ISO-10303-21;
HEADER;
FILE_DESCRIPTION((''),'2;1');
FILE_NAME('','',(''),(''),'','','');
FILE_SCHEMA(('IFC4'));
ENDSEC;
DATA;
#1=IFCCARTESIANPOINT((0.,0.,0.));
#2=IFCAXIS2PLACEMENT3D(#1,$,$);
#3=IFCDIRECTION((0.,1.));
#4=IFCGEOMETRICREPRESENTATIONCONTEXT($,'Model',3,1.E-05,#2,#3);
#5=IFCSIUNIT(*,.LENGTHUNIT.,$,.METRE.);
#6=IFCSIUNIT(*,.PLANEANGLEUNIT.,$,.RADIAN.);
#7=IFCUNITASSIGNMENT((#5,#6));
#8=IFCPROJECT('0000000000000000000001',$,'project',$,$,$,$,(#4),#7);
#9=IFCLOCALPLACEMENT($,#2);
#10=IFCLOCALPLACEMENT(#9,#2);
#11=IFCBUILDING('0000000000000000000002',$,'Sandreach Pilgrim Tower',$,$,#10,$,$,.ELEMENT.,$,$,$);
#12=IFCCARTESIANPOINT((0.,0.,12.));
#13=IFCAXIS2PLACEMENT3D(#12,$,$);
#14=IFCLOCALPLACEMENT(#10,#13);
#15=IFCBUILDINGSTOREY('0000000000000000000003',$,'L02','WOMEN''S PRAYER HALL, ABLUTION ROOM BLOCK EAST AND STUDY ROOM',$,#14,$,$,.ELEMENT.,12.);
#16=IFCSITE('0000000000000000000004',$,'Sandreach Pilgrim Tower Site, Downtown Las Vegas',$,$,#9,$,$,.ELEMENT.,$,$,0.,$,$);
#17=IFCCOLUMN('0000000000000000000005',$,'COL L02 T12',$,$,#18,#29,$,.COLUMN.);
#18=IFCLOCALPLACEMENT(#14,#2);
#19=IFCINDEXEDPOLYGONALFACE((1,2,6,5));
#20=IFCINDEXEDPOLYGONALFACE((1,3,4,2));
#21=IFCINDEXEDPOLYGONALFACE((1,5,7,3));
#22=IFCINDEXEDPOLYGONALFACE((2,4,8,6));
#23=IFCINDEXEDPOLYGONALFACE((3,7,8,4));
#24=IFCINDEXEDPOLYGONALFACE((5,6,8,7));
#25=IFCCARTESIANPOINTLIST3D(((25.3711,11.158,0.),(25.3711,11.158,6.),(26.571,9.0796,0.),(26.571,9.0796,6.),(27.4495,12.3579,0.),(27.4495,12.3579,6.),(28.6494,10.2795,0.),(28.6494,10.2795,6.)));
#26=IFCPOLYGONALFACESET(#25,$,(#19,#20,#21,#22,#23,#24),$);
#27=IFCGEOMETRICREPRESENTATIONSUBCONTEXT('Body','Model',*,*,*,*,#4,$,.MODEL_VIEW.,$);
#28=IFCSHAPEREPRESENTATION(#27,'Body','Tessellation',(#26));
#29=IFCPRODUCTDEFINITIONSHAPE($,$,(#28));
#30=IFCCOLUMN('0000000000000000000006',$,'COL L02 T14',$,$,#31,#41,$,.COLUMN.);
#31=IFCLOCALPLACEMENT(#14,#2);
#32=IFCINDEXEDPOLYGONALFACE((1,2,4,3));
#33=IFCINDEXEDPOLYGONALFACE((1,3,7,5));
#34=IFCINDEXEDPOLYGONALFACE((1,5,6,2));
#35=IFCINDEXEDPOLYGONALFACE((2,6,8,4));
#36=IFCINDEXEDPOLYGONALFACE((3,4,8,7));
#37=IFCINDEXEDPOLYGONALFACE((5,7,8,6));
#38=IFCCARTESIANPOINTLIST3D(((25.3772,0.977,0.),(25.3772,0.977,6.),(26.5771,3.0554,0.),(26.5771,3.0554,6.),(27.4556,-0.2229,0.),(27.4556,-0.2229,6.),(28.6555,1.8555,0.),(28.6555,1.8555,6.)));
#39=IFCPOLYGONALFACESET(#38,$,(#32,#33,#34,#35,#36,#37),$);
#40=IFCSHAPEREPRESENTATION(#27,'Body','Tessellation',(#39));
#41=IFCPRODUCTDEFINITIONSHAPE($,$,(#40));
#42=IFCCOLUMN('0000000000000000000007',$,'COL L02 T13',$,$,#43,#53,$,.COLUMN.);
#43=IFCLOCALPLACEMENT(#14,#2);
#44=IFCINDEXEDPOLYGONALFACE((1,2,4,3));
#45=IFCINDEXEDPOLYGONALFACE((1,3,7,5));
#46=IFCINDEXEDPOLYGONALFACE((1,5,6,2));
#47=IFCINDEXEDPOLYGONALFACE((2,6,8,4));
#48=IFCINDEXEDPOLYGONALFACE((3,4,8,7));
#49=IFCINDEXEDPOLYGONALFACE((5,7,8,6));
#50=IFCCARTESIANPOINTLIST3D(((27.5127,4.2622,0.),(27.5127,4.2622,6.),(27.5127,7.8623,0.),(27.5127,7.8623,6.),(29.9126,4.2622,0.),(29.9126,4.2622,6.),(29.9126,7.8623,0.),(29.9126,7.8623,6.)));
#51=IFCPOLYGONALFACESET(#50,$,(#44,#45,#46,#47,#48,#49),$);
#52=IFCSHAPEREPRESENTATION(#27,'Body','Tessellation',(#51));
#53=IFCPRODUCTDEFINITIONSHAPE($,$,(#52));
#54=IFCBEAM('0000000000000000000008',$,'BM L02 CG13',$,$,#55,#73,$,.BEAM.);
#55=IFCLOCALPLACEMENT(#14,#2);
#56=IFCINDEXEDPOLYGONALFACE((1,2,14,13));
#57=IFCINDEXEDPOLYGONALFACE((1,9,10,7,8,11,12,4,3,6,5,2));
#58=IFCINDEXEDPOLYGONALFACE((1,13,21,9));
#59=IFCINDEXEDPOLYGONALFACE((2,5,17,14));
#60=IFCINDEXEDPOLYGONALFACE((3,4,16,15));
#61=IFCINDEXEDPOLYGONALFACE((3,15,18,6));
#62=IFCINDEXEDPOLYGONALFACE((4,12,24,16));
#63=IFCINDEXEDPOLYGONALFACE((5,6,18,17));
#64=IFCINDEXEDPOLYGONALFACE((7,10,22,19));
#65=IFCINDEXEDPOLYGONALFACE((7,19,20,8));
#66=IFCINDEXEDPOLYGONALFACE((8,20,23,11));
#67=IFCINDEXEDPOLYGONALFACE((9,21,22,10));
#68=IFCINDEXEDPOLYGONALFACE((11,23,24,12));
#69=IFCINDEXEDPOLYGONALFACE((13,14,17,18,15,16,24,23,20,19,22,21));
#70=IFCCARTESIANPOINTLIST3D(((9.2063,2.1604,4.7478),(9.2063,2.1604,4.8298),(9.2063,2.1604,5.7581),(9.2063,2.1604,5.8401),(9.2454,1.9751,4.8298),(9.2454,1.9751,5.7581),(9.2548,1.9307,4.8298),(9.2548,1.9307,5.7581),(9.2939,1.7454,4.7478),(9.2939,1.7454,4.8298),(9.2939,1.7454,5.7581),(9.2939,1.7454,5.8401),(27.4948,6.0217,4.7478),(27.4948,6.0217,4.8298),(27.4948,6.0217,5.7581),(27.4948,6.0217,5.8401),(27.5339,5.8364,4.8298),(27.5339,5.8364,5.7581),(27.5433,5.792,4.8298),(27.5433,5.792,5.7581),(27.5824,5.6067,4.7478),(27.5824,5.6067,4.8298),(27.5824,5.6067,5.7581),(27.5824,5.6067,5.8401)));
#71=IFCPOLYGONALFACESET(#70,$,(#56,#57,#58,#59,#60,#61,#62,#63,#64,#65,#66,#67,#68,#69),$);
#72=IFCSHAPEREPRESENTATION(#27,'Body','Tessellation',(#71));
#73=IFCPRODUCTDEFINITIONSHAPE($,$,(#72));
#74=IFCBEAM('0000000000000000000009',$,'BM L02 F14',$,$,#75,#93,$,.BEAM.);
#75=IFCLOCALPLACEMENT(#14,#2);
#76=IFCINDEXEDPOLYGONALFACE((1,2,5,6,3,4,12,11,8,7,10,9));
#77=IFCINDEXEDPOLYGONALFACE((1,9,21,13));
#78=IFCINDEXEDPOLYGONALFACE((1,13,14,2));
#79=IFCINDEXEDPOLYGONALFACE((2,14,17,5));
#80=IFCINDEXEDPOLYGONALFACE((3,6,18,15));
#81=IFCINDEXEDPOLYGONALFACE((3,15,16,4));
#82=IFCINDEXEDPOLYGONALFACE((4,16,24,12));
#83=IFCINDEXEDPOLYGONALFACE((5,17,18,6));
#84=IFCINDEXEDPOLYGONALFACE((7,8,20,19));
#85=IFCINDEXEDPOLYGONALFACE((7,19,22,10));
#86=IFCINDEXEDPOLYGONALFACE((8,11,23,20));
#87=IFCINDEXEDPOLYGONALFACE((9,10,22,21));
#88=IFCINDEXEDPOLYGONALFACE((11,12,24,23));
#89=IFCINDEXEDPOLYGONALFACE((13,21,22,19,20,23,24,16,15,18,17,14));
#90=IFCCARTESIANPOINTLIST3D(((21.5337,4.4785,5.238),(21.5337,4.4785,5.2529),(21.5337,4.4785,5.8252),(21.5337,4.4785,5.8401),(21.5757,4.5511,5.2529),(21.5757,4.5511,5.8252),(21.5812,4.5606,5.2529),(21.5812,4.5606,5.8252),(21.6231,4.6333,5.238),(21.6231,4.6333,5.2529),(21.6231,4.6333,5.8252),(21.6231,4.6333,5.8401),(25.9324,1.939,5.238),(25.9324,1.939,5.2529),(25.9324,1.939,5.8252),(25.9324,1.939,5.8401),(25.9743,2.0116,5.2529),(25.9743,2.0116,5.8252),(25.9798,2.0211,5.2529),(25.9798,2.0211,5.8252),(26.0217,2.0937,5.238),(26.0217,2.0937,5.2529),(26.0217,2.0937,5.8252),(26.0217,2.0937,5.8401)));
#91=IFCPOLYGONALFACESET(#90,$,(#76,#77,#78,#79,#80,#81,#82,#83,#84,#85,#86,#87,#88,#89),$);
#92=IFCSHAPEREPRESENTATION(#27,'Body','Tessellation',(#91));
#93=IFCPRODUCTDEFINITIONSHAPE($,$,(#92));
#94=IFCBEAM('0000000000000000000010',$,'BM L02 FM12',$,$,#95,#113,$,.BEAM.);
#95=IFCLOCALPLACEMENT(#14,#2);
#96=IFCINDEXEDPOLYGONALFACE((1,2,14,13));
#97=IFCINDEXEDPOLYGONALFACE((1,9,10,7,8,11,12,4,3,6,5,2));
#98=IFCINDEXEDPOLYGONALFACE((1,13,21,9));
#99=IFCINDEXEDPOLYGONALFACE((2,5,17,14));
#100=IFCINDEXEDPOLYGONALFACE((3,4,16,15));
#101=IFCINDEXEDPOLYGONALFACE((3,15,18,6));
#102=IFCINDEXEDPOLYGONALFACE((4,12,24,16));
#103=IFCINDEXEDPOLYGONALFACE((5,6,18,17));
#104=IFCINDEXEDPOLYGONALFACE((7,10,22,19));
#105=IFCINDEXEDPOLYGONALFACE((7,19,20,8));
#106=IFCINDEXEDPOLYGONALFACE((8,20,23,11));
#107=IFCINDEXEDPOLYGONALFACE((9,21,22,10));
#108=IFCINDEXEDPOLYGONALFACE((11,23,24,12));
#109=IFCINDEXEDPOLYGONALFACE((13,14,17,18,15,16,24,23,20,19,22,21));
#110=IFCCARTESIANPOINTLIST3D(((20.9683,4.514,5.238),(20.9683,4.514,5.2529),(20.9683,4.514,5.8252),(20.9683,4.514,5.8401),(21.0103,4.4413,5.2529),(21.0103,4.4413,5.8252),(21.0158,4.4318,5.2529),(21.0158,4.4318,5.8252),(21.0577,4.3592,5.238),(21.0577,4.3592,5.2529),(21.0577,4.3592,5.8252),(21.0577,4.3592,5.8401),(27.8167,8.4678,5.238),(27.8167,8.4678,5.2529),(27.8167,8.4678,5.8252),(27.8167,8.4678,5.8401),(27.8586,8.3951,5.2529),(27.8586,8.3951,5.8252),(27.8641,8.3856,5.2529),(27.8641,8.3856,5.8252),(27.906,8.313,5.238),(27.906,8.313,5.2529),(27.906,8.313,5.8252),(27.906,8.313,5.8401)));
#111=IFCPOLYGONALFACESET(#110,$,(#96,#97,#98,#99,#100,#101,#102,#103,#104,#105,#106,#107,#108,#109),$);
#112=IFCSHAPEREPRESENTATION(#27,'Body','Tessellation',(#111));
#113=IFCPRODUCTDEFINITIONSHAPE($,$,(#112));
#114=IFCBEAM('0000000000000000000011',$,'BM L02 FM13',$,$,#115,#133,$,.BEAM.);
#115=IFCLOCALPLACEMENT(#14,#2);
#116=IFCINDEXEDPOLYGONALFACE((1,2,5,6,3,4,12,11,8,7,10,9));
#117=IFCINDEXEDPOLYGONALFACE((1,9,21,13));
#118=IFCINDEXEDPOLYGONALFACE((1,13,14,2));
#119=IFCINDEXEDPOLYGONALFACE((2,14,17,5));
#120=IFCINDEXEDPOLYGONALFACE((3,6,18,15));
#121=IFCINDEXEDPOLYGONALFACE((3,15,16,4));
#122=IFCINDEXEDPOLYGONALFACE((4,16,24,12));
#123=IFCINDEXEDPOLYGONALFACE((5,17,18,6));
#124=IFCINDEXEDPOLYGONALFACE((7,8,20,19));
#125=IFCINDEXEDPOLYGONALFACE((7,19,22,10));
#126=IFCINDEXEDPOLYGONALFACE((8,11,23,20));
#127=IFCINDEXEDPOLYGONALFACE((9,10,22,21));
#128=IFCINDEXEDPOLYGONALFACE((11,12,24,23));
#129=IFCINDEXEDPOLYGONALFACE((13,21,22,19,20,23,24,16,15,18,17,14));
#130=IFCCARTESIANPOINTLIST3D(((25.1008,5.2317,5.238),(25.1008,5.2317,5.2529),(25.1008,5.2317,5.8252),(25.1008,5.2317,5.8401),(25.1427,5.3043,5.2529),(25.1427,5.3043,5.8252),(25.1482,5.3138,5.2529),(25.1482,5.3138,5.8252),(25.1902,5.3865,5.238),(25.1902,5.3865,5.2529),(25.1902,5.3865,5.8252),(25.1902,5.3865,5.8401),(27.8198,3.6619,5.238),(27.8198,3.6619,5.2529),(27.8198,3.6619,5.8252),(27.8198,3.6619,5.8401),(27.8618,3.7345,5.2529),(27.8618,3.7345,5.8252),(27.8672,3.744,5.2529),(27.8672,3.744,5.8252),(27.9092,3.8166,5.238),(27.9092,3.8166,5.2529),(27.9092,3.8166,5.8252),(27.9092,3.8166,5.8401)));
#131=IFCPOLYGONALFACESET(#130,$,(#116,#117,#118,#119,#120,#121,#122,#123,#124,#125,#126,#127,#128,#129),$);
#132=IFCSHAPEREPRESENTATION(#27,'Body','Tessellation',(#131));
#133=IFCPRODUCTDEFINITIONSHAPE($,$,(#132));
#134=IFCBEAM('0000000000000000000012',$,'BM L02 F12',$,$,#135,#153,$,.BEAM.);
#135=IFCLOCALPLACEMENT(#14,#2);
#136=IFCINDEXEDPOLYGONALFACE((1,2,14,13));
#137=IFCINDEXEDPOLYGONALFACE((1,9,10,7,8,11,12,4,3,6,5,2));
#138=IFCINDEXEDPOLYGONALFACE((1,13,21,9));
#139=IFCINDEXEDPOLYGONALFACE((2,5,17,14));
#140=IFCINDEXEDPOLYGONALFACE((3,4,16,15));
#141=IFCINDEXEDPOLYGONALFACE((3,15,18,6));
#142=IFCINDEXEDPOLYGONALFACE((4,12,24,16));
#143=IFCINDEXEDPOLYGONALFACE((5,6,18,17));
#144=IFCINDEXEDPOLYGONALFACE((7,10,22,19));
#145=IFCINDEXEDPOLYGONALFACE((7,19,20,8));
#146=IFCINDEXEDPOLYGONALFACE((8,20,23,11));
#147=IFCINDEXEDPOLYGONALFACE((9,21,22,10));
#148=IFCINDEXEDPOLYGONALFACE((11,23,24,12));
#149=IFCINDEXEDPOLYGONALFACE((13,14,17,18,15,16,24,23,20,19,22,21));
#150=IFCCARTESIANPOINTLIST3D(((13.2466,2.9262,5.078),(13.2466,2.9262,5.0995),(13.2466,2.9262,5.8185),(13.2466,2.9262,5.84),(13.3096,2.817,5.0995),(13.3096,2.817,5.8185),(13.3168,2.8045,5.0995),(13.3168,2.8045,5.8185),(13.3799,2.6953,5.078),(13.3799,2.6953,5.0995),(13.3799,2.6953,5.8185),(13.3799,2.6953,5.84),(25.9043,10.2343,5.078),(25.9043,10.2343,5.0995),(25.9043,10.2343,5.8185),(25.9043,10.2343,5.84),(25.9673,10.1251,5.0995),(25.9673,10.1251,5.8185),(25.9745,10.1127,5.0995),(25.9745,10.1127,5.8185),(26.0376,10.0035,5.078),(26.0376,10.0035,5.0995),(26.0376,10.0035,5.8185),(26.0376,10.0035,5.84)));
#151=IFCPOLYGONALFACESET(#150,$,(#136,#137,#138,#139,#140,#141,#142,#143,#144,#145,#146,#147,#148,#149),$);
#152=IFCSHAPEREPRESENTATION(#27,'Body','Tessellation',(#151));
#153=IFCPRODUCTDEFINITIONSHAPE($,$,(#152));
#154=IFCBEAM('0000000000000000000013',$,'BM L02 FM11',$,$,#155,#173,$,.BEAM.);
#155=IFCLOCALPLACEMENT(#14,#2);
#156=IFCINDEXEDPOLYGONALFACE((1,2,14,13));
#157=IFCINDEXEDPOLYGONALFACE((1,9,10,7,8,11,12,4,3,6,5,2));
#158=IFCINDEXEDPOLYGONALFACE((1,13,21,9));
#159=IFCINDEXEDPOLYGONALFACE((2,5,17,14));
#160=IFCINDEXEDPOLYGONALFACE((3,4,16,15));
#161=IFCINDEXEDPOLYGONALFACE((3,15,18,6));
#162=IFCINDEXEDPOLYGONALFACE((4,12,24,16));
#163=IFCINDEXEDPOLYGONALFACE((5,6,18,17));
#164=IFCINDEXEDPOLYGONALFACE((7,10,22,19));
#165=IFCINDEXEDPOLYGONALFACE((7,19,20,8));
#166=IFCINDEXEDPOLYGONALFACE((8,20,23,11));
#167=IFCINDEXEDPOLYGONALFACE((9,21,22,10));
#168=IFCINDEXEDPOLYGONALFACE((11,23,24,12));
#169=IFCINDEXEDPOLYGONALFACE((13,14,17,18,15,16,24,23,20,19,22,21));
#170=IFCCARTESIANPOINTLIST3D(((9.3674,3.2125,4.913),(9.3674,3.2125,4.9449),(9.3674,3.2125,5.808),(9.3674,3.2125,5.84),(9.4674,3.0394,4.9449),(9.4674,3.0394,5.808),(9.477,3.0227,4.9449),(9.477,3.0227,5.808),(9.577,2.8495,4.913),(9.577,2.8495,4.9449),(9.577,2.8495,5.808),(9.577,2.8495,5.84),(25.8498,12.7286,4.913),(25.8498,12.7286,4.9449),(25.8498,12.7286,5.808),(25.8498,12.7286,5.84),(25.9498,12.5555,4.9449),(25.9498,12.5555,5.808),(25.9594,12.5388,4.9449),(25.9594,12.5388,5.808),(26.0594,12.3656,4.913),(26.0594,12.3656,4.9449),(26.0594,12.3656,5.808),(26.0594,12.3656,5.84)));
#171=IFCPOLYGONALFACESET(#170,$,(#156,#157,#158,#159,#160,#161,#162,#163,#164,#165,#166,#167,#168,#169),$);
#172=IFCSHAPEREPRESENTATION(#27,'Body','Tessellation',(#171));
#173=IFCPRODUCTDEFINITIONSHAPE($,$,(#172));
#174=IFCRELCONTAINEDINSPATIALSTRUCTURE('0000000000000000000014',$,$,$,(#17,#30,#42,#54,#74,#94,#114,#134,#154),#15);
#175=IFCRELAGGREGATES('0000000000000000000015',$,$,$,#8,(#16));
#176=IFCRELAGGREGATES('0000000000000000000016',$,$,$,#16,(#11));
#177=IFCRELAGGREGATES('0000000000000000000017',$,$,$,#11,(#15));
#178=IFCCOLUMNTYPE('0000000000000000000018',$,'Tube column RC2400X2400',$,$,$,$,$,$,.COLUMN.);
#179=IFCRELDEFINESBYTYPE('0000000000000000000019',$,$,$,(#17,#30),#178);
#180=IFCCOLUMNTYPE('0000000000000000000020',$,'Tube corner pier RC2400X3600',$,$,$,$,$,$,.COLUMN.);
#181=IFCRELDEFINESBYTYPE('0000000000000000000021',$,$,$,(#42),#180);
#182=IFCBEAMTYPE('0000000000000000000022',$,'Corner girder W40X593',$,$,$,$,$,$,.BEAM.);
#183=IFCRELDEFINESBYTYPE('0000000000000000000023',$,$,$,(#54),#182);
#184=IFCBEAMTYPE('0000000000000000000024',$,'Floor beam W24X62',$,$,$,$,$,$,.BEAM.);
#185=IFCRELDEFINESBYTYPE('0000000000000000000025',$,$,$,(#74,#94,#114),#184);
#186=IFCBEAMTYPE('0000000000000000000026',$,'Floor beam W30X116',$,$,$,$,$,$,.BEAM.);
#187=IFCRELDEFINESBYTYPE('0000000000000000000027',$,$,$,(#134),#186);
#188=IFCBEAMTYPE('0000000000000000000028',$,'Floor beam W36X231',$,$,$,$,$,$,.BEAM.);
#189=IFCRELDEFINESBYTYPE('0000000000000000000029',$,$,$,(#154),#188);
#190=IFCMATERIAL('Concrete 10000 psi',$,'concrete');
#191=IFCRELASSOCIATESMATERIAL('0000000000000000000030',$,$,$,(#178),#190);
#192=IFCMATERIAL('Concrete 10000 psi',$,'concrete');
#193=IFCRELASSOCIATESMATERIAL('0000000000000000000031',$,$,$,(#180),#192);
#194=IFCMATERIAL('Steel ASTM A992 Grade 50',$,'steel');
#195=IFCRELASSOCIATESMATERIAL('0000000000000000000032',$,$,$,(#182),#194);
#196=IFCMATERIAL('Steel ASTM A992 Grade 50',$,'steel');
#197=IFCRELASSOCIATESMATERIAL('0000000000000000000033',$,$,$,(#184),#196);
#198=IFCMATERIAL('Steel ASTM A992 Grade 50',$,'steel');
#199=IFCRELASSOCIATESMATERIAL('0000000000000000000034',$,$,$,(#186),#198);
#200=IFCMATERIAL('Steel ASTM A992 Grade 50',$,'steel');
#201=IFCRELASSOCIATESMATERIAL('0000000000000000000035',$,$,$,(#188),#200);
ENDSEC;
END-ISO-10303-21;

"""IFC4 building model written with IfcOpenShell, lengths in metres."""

from ifc_helpers import new_model, si_unit, direction, frame, origin, origin_2d, place, context, subcontext, project, spatial, rectangle, i_section, extrude, material, material_profile, profile_set, type_object, element, save


model = new_model("IFC4")

# Units and contexts
model_context = context("Model", 3, precision=1e-05, world=origin(), true_north=direction((0.0, 1.0)))
body_context = subcontext(model_context, "Body", "Model", "MODEL_VIEW")
ifc_project = project(units=[si_unit("LENGTHUNIT", "METRE"), si_unit("PLANEANGLEUNIT", "RADIAN")], contexts=[model_context])

# Site, building, storey
site_placement = place(None, origin())
site = spatial("IfcSite", under=ifc_project, at=site_placement, Name="Sandreach Pilgrim Tower Site, Downtown Las Vegas", CompositionType="ELEMENT", RefElevation=0.0)
building_placement = place(site_placement, origin())
building = spatial("IfcBuilding", under=site, at=building_placement, Name="Sandreach Pilgrim Tower", CompositionType="ELEMENT")
storey_placement = place(building_placement, frame((0.0, 0.0, 12.0)))
storey = spatial("IfcBuildingStorey", under=building, at=storey_placement, Name="L02", Description="WOMEN'S PRAYER HALL, ABLUTION ROOM BLOCK EAST AND STUDY ROOM", CompositionType="ELEMENT", Elevation=12.0)

# Columns
ifc_material_1 = material(Name="Concrete 10000 psi", Category="concrete")
ifc_material_profile_1 = material_profile(ifc_material_1, rectangle(XDim=2.3999, YDim=2.3999, at=origin_2d()), Name="RC2400X2400")
ifc_profile_set_1 = profile_set([ifc_material_profile_1], Name="Concrete 10000 psi")
column_type_1 = type_object("IfcColumnType", Name="Tube column RC2400X2400", PredefinedType="COLUMN", material=ifc_profile_set_1)
for number, where, z_axis, x_axis, name in (
    (1, (27.0103, 10.7188, 0.0), (0.0, 0.0, 1.0), (0.866025, 0.5, 0.0), "COL L02 T12"),
    (2, (27.0164, 1.4163, 0.0), (0.0, 0.0, 1.0), (0.866025, -0.5, 0.0), "COL L02 T14"),
):
    element("IfcColumn", number, at=place(storey_placement, frame(where, z_axis=z_axis, x_axis=x_axis)), inside=storey, type_object=column_type_1, Name=name, PredefinedType="COLUMN", context=body_context, shape_type="SweptSolid", body=[
        extrude(rectangle(XDim=2.3999, YDim=2.3999, at=origin_2d()), origin(), (0.0, 0.0, 1.0), 6.0),
    ])
ifc_material_2 = material(Name="Concrete 10000 psi", Category="concrete")
ifc_material_profile_2 = material_profile(ifc_material_2, rectangle(XDim=2.3999, YDim=3.6001, at=origin_2d()), Name="RC2400X3600")
ifc_profile_set_2 = profile_set([ifc_material_profile_2], Name="Concrete 10000 psi")
column_type_2 = type_object("IfcColumnType", Name="Tube corner pier RC2400X3600", PredefinedType="COLUMN", material=ifc_profile_set_2)
column_placement = place(storey_placement, frame((28.7126, 6.0623, 0.0), z_axis=(0.0, 0.0, 1.0), x_axis=(1.0, 0.0, 0.0)))
element("IfcColumn", 3, at=column_placement, inside=storey, type_object=column_type_2, Name="COL L02 T13", PredefinedType="COLUMN", context=body_context, shape_type="SweptSolid", body=[
    extrude(rectangle(XDim=2.3999, YDim=3.6001, at=origin_2d()), origin(), (0.0, 0.0, 1.0), 6.0),
])

# Beams
ifc_material_3 = material(Name="Steel ASTM A992 Grade 50", Category="steel")
ifc_material_profile_3 = material_profile(ifc_material_3, i_section(OverallWidth=0.4241, OverallDepth=1.0923, WebThickness=0.0454, FlangeThickness=0.082, at=origin_2d()), Name="W40X593")
ifc_profile_set_3 = profile_set([ifc_material_profile_3], Name="Steel ASTM A992 Grade 50")
beam_type_1 = type_object("IfcBeamType", Name="Corner girder W40X593", PredefinedType="BEAM", material=ifc_profile_set_3)
beam_1_placement = place(storey_placement, frame((27.5386, 5.8142, 5.2939), z_axis=(-0.97843, -0.206579, 0.0), x_axis=(0.206579, -0.97843, 0.0)))
element("IfcBeam", 4, at=beam_1_placement, inside=storey, type_object=beam_type_1, Name="BM L02 CG13", PredefinedType="BEAM", context=body_context, shape_type="SweptSolid", body=[
    extrude(i_section(OverallWidth=0.4241, OverallDepth=1.0923, WebThickness=0.0454, FlangeThickness=0.082, at=origin_2d()), origin(), (0.0, 0.0, 1.0), 18.6917),
])
ifc_material_4 = material(Name="Steel ASTM A992 Grade 50", Category="steel")
ifc_material_profile_4 = material_profile(ifc_material_4, i_section(OverallWidth=0.1787, OverallDepth=0.6021, WebThickness=0.011, FlangeThickness=0.0149, at=origin_2d()), Name="W24X62")
ifc_profile_set_4 = profile_set([ifc_material_profile_4], Name="Steel ASTM A992 Grade 50")
beam_type_2 = type_object("IfcBeamType", Name="Floor beam W24X62", PredefinedType="BEAM", material=ifc_profile_set_4)
beam_2_placement = place(storey_placement, frame((25.9771, 2.0164, 5.5391), z_axis=(-0.866028, 0.499996, 0.0), x_axis=(-0.499996, -0.866028, 0.0)))
element("IfcBeam", 5, at=beam_2_placement, inside=storey, type_object=beam_type_2, Name="BM L02 F14", PredefinedType="BEAM", context=body_context, shape_type="SweptSolid", body=[
    extrude(i_section(OverallWidth=0.1787, OverallDepth=0.6021, WebThickness=0.011, FlangeThickness=0.0149, at=origin_2d()), origin(), (0.0, 0.0, 1.0), 5.0791),
])
beam_3_placement = place(storey_placement, frame((27.8613, 8.3904, 5.5391), z_axis=(-0.866029, -0.499994, 0.0), x_axis=(0.499994, -0.866029, 0.0)))
element("IfcBeam", 6, at=beam_3_placement, inside=storey, type_object=beam_type_2, Name="BM L02 FM12", PredefinedType="BEAM", context=body_context, shape_type="SweptSolid", body=[
    extrude(i_section(OverallWidth=0.1787, OverallDepth=0.6021, WebThickness=0.011, FlangeThickness=0.0149, at=origin_2d()), origin(), (0.0, 0.0, 1.0), 7.9077),
])
beam_4_placement = place(storey_placement, frame((27.8645, 3.7393, 5.5391), z_axis=(-0.866024, 0.500003, 0.0), x_axis=(-0.500003, -0.866024, 0.0)))
element("IfcBeam", 7, at=beam_4_placement, inside=storey, type_object=beam_type_2, Name="BM L02 FM13", PredefinedType="BEAM", context=body_context, shape_type="SweptSolid", body=[
    extrude(i_section(OverallWidth=0.1787, OverallDepth=0.6021, WebThickness=0.011, FlangeThickness=0.0149, at=origin_2d()), origin(), (0.0, 0.0, 1.0), 3.1396),
])
ifc_material_5 = material(Name="Steel ASTM A992 Grade 50", Category="steel")
ifc_material_profile_5 = material_profile(ifc_material_5, i_section(OverallWidth=0.2666, OverallDepth=0.762, WebThickness=0.0144, FlangeThickness=0.0215, at=origin_2d()), Name="W30X116")
ifc_profile_set_5 = profile_set([ifc_material_profile_5], Name="Steel ASTM A992 Grade 50")
beam_type_3 = type_object("IfcBeamType", Name="Floor beam W30X116", PredefinedType="BEAM", material=ifc_profile_set_5)
beam_5_placement = place(storey_placement, frame((25.9709, 10.1189, 5.459), z_axis=(-0.86602, -0.500009, 0.0), x_axis=(0.500009, -0.86602, 0.0)))
element("IfcBeam", 8, at=beam_5_placement, inside=storey, type_object=beam_type_3, Name="BM L02 F12", PredefinedType="BEAM", context=body_context, shape_type="SweptSolid", body=[
    extrude(i_section(OverallWidth=0.2666, OverallDepth=0.762, WebThickness=0.0144, FlangeThickness=0.0215, at=origin_2d()), origin(), (0.0, 0.0, 1.0), 14.616),
])
ifc_material_6 = material(Name="Steel ASTM A992 Grade 50", Category="steel")
ifc_material_profile_6 = material_profile(ifc_material_6, i_section(OverallWidth=0.4192, OverallDepth=0.927, WebThickness=0.0193, FlangeThickness=0.032, at=origin_2d()), Name="W36X231")
ifc_profile_set_6 = profile_set([ifc_material_profile_6], Name="Steel ASTM A992 Grade 50")
beam_type_4 = type_object("IfcBeamType", Name="Floor beam W36X231", PredefinedType="BEAM", material=ifc_profile_set_6)
beam_6_placement = place(storey_placement, frame((25.9546, 12.5471, 5.3765), z_axis=(-0.866026, -0.499999, 0.0), x_axis=(0.499999, -0.866026, 0.0)))
element("IfcBeam", 9, at=beam_6_placement, inside=storey, type_object=beam_type_4, Name="BM L02 FM11", PredefinedType="BEAM", context=body_context, shape_type="SweptSolid", body=[
    extrude(i_section(OverallWidth=0.4192, OverallDepth=0.927, WebThickness=0.0193, FlangeThickness=0.032, at=origin_2d()), origin(), (0.0, 0.0, 1.0), 19.0322),
])

save(model, "model.ifc")
